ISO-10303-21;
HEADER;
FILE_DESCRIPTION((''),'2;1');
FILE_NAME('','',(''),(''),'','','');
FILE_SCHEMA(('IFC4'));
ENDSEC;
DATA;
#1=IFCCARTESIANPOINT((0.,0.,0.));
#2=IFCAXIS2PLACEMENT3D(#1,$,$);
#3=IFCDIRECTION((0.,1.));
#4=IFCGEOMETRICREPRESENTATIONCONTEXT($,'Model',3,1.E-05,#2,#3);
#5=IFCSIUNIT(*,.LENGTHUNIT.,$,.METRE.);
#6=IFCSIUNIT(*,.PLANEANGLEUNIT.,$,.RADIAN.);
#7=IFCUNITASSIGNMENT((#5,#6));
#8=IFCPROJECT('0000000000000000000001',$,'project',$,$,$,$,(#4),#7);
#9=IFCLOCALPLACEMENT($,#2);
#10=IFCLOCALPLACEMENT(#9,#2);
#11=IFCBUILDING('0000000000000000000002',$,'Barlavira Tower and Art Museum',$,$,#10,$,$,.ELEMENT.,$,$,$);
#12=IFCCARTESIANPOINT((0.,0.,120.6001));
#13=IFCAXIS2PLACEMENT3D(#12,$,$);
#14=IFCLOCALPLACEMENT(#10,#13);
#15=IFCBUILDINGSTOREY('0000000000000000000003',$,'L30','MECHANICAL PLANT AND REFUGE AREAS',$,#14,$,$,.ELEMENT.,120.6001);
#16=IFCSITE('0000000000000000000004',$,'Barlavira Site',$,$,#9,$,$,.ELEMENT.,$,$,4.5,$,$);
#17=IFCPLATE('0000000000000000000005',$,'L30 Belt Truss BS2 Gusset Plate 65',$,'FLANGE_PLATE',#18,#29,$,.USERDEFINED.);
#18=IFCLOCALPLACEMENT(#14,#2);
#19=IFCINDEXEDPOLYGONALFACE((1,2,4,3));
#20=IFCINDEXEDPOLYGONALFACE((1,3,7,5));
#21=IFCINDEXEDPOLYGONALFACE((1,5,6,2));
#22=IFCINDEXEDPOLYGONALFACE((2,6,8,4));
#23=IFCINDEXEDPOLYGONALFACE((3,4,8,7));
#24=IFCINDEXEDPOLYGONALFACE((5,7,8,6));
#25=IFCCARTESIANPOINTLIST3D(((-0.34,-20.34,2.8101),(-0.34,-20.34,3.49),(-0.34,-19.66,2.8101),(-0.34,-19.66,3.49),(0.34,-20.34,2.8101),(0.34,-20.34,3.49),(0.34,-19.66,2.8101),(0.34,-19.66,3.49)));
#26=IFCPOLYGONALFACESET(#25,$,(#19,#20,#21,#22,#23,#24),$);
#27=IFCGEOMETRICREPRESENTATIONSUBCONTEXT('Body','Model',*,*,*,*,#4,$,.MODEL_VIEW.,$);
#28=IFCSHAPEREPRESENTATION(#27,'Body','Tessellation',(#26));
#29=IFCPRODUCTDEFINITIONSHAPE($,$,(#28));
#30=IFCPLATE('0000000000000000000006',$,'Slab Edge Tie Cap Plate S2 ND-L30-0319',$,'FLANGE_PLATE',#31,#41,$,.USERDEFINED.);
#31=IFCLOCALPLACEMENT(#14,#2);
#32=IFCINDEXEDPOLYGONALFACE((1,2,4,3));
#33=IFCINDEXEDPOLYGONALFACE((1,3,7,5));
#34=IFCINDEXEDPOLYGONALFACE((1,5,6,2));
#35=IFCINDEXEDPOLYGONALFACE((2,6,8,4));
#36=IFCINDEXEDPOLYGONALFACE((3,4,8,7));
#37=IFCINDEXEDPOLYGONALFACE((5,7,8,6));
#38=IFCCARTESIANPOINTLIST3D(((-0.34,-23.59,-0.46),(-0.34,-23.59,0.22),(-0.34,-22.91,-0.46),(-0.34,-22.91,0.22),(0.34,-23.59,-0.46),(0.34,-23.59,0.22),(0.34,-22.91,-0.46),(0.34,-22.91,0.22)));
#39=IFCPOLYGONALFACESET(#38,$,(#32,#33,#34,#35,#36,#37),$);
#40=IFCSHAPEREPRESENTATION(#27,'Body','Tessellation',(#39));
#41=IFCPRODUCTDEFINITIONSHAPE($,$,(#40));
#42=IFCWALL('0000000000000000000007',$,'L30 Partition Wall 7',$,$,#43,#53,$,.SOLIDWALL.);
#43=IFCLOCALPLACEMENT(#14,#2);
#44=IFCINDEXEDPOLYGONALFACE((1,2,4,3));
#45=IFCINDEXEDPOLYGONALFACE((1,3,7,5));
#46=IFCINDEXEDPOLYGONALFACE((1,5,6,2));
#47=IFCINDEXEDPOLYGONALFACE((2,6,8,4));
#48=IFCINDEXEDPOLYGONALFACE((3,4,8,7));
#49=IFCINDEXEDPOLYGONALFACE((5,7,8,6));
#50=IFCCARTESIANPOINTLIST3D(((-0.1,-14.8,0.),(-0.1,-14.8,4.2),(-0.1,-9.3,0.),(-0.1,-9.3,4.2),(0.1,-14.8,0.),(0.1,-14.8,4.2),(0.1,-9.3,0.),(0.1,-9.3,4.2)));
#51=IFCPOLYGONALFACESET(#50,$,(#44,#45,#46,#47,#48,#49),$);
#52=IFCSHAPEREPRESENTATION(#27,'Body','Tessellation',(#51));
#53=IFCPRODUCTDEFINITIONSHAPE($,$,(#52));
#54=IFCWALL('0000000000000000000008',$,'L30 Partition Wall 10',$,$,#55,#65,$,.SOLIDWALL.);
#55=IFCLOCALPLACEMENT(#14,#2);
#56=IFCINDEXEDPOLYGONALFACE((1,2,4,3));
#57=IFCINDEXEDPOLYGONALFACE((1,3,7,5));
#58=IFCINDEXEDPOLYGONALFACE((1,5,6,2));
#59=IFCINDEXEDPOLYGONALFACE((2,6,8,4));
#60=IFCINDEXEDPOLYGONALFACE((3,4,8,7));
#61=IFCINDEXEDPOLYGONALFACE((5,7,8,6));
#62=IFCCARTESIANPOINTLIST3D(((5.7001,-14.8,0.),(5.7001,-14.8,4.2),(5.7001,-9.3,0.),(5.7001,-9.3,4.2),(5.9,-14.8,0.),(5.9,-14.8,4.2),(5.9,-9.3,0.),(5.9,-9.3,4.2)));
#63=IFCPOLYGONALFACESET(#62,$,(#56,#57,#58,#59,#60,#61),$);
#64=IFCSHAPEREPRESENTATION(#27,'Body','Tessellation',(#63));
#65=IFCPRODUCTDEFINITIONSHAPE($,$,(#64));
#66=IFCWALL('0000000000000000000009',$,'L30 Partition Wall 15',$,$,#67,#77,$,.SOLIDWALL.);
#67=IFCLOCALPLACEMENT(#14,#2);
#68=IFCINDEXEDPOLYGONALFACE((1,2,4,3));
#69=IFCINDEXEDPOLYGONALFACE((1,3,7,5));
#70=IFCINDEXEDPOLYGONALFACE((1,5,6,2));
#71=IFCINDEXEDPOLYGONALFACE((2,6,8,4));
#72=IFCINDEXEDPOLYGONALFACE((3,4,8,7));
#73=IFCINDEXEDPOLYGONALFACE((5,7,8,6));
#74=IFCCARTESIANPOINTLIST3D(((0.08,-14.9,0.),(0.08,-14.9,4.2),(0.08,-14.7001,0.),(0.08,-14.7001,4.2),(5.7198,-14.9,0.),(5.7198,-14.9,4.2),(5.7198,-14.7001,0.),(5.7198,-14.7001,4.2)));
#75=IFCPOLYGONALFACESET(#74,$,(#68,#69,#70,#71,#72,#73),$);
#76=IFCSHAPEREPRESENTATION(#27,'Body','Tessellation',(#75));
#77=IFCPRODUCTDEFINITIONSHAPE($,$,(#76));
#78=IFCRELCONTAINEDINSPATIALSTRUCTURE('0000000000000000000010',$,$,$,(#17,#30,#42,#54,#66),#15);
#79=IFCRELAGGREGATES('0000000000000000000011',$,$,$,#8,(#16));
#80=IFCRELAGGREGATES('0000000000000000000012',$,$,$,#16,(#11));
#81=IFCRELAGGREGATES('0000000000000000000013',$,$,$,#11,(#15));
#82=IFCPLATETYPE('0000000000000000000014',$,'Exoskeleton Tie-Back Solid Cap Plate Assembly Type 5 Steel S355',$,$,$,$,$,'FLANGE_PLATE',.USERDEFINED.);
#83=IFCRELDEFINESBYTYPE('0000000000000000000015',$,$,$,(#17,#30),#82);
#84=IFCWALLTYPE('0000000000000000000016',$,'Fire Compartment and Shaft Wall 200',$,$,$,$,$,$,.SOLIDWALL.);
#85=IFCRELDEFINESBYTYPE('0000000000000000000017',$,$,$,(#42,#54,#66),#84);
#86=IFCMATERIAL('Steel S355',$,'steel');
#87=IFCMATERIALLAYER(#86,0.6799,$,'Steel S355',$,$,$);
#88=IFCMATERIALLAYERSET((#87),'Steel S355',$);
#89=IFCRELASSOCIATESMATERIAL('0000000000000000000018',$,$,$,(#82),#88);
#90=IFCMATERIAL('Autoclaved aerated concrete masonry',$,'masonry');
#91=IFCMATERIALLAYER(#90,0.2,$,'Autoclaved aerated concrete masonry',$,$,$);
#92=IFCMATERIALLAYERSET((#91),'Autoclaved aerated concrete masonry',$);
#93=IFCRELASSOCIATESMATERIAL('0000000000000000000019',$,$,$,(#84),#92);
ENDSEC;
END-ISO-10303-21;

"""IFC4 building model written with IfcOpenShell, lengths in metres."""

from ifc_helpers import new_model, si_unit, direction, frame, frame_2d, origin, origin_2d, place, context, subcontext, project, spatial, rectangle, extrude, material, layer, layer_set, type_object, element, save


model = new_model("IFC4")

# Units and contexts
model_context = context("Model", 3, precision=1e-05, world=origin(), true_north=direction((0.0, 1.0)))
body_context = subcontext(model_context, "Body", "Model", "MODEL_VIEW")
ifc_project = project(units=[si_unit("LENGTHUNIT", "METRE"), si_unit("PLANEANGLEUNIT", "RADIAN")], contexts=[model_context])

# Site, building, storey
site_placement = place(None, origin())
site = spatial("IfcSite", under=ifc_project, at=site_placement, Name="Barlavira Site", CompositionType="ELEMENT", RefElevation=4.5)
building_placement = place(site_placement, origin())
building = spatial("IfcBuilding", under=site, at=building_placement, Name="Barlavira Tower and Art Museum", CompositionType="ELEMENT")
storey_placement = place(building_placement, frame((0.0, 0.0, 120.6001)))
storey = spatial("IfcBuildingStorey", under=building, at=storey_placement, Name="L30", Description="MECHANICAL PLANT AND REFUGE AREAS", CompositionType="ELEMENT", Elevation=120.6001)

# Shared definitions
ifc_material_1 = material(Name="Steel S355", Category="steel")

# Plates
ifc_layer_1 = layer(ifc_material_1, 0.6799, Name="Steel S355")
ifc_layer_set_1 = layer_set([ifc_layer_1], Name="Steel S355")
plate_type_1 = type_object("IfcPlateType", Name="Exoskeleton Tie-Back Solid Cap Plate Assembly Type 5 Steel S355", ElementType="FLANGE_PLATE", PredefinedType="USERDEFINED", material=ifc_layer_set_1)
for number, where, z_axis, x_axis, name in (
    (1, (0.0, -20.0, 2.8101), (0.0, 0.0, 1.0), (1.0, 0.0, 0.0), "L30 Belt Truss BS2 Gusset Plate 65"),
    (2, (0.0, -23.25, -0.46), (0.0, 0.0, 1.0), (1.0, 0.0, 0.0), "Slab Edge Tie Cap Plate S2 ND-L30-0319"),
):
    element("IfcPlate", number, at=place(storey_placement, frame(where, z_axis=z_axis, x_axis=x_axis)), inside=storey, type_object=plate_type_1, Name=name, ObjectType="FLANGE_PLATE", PredefinedType="USERDEFINED", context=body_context, shape_type="SweptSolid", body=[
        extrude(rectangle(XDim=0.6799, YDim=0.6799, at=origin_2d()), origin(), (0.0, 0.0, 1.0), 0.6799),
    ])

# Walls
ifc_material_2 = material(Name="Autoclaved aerated concrete masonry", Category="masonry")
ifc_layer_2 = layer(ifc_material_2, 0.2, Name="Autoclaved aerated concrete masonry")
ifc_layer_set_2 = layer_set([ifc_layer_2], Name="Autoclaved aerated concrete masonry")
wall_type = type_object("IfcWallType", Name="Fire Compartment and Shaft Wall 200", PredefinedType="SOLIDWALL", material=ifc_layer_set_2)
for number, where, z_axis, x_axis, name in (
    (3, (0.0, -14.8, 0.0), (0.0, 0.0, 1.0), (0.0, 1.0, 0.0), "L30 Partition Wall 7"),
    (4, (5.8, -14.8, 0.0), (0.0, 0.0, 1.0), (0.0, 1.0, 0.0), "L30 Partition Wall 10"),
):
    element("IfcWall", number, at=place(storey_placement, frame(where, z_axis=z_axis, x_axis=x_axis)), inside=storey, type_object=wall_type, Name=name, PredefinedType="SOLIDWALL", context=body_context, shape_type="SweptSolid", body=[
        extrude(rectangle(XDim=5.5, YDim=0.2, at=frame_2d((2.75, 0.0))), origin(), (0.0, 0.0, 1.0), 4.2),
    ])
wall_placement = place(storey_placement, frame((0.0801, -14.8, 0.0), z_axis=(0.0, 0.0, 1.0), x_axis=(1.0, 0.0, 0.0)))
element("IfcWall", 5, at=wall_placement, inside=storey, type_object=wall_type, Name="L30 Partition Wall 15", PredefinedType="SOLIDWALL", context=body_context, shape_type="SweptSolid", body=[
    extrude(rectangle(XDim=5.6399, YDim=0.2, at=frame_2d((2.8198, 0.0))), origin(), (0.0, 0.0, 1.0), 4.2),
])

save(model, "model.ifc")
